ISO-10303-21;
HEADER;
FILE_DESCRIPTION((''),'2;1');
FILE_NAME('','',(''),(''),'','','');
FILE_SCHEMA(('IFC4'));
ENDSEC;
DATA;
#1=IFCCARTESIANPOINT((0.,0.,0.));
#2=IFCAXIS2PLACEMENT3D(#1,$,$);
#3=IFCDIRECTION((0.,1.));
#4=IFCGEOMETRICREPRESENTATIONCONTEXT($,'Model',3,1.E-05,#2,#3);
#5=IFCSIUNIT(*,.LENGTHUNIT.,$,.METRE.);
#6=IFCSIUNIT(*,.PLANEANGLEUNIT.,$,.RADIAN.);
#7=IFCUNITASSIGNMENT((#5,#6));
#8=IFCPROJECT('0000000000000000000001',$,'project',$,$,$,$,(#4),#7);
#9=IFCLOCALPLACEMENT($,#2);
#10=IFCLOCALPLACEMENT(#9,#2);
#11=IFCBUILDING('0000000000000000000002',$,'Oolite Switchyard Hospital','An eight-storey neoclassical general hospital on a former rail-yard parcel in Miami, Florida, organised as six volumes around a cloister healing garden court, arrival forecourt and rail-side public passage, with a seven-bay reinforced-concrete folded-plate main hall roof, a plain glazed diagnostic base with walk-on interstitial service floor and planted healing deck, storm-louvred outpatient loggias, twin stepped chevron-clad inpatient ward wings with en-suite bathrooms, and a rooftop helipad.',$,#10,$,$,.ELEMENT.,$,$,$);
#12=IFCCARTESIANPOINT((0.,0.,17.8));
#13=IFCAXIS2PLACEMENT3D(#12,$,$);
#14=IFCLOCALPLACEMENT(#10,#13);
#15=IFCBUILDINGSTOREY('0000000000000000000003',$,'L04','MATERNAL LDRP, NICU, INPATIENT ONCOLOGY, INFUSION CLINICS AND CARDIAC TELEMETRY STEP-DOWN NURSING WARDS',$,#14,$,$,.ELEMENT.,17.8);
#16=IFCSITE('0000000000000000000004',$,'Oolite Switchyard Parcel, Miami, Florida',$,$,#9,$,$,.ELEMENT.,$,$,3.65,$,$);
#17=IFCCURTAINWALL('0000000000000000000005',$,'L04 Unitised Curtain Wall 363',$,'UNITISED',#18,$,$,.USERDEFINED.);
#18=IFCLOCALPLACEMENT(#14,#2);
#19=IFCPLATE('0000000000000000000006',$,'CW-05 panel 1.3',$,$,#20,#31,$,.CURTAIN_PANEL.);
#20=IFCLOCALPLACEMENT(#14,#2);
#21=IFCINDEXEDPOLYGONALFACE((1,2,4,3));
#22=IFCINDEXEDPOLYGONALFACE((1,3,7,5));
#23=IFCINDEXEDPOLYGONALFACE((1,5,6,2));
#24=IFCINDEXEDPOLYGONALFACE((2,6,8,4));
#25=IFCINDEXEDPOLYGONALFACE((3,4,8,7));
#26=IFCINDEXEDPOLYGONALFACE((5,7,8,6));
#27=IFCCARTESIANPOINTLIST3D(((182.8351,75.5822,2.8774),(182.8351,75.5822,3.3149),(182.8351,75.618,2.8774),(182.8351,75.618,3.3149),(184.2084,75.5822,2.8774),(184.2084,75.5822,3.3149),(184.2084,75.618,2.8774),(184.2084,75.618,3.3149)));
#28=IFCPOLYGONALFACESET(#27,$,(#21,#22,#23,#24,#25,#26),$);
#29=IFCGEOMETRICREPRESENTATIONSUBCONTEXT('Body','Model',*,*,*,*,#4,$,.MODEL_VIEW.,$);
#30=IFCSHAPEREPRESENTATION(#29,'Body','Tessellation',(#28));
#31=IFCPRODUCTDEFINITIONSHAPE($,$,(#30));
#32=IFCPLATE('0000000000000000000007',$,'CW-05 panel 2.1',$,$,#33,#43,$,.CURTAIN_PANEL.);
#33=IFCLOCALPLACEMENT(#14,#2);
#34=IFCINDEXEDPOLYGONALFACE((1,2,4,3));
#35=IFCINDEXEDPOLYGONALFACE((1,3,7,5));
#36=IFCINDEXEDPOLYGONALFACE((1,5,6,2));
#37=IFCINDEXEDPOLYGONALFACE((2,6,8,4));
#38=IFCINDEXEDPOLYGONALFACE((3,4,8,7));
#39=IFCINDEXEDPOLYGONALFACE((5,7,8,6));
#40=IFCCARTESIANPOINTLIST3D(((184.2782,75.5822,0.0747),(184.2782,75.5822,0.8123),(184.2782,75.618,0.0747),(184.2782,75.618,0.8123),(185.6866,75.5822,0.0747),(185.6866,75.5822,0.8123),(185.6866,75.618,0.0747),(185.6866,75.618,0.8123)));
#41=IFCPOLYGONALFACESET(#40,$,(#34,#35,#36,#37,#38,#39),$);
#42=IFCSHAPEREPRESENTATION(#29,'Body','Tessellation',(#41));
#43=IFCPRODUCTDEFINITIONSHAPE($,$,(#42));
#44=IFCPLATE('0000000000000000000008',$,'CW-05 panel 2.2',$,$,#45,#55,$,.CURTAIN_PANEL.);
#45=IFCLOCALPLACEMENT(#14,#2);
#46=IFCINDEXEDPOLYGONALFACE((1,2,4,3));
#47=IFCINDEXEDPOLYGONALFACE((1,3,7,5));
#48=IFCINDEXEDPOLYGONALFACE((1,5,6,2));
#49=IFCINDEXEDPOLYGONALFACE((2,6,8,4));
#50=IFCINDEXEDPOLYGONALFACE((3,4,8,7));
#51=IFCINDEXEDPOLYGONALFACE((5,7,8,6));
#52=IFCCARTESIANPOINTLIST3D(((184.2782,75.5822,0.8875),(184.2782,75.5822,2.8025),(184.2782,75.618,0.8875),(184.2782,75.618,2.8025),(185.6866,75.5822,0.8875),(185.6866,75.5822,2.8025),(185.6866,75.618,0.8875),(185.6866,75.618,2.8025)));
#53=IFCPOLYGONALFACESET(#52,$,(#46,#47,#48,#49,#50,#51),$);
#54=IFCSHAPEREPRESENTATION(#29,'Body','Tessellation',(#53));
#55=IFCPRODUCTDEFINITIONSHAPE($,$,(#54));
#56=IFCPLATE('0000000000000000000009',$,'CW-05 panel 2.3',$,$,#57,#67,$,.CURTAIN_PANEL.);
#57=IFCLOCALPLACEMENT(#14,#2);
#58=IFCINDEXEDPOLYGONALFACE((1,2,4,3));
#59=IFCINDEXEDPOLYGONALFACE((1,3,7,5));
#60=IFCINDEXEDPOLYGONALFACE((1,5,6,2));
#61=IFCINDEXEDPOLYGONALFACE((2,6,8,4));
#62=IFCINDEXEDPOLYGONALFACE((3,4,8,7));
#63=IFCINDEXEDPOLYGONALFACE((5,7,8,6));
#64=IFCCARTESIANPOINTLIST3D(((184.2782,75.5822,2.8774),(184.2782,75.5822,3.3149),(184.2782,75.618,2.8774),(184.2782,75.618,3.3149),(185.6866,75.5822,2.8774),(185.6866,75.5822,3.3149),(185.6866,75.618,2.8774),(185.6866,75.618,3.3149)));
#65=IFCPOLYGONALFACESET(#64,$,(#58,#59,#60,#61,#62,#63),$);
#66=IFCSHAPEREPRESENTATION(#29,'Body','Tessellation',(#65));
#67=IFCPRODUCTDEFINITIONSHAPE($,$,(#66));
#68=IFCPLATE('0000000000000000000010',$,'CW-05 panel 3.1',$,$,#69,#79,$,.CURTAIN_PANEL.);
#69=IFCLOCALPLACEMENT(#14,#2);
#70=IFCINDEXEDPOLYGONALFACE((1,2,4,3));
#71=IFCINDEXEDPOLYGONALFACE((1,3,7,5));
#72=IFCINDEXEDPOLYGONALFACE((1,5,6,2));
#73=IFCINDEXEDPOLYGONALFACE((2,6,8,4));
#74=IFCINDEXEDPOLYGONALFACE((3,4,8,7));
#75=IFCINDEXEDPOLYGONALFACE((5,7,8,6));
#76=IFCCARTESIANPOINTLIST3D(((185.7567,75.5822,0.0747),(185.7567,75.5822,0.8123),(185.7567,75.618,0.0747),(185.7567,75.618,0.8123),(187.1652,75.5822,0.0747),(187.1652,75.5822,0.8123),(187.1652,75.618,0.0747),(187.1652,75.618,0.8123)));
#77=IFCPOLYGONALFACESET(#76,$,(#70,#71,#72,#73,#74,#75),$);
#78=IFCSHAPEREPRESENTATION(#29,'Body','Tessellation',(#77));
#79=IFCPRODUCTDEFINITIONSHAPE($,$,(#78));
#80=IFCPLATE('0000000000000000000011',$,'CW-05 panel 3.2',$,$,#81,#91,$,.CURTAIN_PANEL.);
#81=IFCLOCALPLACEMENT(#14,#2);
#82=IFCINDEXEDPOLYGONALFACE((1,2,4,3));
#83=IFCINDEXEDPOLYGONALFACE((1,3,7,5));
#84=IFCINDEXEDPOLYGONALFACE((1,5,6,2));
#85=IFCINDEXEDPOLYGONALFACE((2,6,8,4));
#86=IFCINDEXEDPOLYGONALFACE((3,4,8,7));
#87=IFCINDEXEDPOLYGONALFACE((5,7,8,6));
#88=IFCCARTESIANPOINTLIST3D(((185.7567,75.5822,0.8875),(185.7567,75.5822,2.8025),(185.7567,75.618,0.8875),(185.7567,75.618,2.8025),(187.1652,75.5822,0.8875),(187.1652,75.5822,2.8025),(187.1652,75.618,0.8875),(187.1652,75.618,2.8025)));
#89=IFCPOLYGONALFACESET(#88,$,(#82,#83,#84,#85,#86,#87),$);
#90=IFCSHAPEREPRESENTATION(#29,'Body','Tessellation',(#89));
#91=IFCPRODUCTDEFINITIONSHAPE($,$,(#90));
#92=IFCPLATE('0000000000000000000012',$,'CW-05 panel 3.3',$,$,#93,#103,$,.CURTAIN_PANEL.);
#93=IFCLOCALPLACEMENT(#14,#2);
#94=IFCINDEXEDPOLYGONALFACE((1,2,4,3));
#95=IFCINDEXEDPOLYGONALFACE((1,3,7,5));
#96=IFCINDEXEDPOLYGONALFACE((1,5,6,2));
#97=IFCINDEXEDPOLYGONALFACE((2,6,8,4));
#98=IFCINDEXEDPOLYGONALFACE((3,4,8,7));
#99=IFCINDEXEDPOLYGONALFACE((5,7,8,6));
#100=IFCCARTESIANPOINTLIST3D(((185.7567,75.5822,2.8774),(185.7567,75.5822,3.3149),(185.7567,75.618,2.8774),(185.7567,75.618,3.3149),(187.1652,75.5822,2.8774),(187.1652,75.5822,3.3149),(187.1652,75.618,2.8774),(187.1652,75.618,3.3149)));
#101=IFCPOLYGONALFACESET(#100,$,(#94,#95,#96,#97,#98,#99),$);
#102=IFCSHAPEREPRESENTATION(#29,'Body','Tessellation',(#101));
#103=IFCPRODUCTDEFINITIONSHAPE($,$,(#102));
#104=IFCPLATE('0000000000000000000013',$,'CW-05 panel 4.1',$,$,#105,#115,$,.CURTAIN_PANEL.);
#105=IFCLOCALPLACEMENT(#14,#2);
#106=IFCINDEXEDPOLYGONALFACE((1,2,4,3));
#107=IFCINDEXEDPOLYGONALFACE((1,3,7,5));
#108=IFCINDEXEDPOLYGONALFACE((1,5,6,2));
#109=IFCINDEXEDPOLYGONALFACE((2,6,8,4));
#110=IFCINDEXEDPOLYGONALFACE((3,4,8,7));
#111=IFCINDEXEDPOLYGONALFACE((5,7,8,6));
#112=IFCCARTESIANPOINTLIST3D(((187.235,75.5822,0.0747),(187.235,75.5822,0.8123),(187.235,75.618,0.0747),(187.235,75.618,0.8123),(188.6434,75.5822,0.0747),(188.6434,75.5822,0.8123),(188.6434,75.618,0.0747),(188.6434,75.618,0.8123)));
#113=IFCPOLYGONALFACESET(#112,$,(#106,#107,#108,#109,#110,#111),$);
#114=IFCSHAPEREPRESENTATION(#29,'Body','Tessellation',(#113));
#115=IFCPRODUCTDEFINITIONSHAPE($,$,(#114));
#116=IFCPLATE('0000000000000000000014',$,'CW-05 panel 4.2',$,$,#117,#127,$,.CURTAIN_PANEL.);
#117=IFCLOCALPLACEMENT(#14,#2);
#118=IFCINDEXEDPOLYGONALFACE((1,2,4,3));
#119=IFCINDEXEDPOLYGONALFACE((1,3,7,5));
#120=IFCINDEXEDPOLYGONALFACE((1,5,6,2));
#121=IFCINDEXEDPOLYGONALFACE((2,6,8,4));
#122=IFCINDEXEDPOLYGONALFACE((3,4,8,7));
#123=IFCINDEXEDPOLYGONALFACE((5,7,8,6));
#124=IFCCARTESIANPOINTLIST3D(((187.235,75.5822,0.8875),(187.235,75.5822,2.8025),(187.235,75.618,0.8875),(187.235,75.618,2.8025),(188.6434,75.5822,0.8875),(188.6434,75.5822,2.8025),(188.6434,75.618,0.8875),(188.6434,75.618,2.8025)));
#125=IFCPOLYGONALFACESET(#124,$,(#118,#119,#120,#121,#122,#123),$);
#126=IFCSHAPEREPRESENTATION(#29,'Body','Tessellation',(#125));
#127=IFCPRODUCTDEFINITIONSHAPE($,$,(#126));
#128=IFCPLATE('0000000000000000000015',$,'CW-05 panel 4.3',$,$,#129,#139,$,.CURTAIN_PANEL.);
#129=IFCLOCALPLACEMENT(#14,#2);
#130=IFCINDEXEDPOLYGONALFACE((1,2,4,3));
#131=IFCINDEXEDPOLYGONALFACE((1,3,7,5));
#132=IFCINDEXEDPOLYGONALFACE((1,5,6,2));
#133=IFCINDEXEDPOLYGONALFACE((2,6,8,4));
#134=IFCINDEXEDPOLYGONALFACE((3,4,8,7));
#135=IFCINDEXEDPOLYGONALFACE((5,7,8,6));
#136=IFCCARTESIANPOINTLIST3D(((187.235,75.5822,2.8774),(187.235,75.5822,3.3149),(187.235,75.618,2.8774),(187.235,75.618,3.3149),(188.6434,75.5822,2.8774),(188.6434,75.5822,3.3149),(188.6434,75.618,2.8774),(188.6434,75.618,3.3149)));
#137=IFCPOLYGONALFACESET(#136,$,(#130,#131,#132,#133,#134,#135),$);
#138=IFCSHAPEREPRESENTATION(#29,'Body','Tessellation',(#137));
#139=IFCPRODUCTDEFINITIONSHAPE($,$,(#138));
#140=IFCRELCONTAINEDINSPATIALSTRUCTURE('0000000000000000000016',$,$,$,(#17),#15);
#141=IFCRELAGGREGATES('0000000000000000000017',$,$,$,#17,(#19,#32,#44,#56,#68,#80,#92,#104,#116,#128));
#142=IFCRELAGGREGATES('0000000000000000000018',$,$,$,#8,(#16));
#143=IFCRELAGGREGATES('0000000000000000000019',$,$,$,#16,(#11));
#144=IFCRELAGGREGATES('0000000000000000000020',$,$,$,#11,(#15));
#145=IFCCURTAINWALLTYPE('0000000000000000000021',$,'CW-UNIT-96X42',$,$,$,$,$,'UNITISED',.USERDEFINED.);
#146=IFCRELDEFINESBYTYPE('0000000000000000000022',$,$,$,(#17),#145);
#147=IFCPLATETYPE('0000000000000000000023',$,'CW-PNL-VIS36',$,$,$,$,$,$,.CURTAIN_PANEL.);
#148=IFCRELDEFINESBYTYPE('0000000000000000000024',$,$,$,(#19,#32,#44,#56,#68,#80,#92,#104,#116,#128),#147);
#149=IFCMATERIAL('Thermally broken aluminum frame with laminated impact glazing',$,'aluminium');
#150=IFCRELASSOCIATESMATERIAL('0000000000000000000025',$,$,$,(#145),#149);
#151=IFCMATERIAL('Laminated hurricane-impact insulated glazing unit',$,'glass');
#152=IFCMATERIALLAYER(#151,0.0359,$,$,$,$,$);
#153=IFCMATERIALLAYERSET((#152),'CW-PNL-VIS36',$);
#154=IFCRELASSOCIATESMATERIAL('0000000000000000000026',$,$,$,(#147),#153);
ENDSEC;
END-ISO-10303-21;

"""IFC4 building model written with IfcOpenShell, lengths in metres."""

from ifc_helpers import new_model, si_unit, direction, frame, origin, origin_2d, place, context, subcontext, project, spatial, rectangle, extrude, material, layer, layer_set, type_object, element, aggregate, save


model = new_model("IFC4")

# Units and contexts
model_context = context("Model", 3, precision=1e-05, world=origin(), true_north=direction((0.0, 1.0)))
body_context = subcontext(model_context, "Body", "Model", "MODEL_VIEW")
ifc_project = project(units=[si_unit("LENGTHUNIT", "METRE"), si_unit("PLANEANGLEUNIT", "RADIAN")], contexts=[model_context])

# Site, building, storey
site_placement = place(None, origin())
site = spatial("IfcSite", under=ifc_project, at=site_placement, Name="Oolite Switchyard Parcel, Miami, Florida", CompositionType="ELEMENT", RefElevation=3.65)
building_placement = place(site_placement, origin())
building = spatial("IfcBuilding", under=site, at=building_placement, Name="Oolite Switchyard Hospital", Description="An eight-storey neoclassical general hospital on a former rail-yard parcel in Miami, Florida, organised as six volumes around a cloister healing garden court, arrival forecourt and rail-side public passage, with a seven-bay reinforced-concrete folded-plate main hall roof, a plain glazed diagnostic base with walk-on interstitial service floor and planted healing deck, storm-louvred outpatient loggias, twin stepped chevron-clad inpatient ward wings with en-suite bathrooms, and a rooftop helipad.", CompositionType="ELEMENT")
storey_placement = place(building_placement, frame((0.0, 0.0, 17.8)))
storey = spatial("IfcBuildingStorey", under=building, at=storey_placement, Name="L04", Description="MATERNAL LDRP, NICU, INPATIENT ONCOLOGY, INFUSION CLINICS AND CARDIAC TELEMETRY STEP-DOWN NURSING WARDS", CompositionType="ELEMENT", Elevation=17.8)

# Curtain wall, plates
ifc_material_1 = material(Name="Thermally broken aluminum frame with laminated impact glazing", Category="aluminium")
curtain_wall_type = type_object("IfcCurtainWallType", Name="CW-UNIT-96X42", ElementType="UNITISED", PredefinedType="USERDEFINED", material=ifc_material_1)
curtain_wall_placement = place(storey_placement, origin())
curtain_wall = element("IfcCurtainWall", 1, at=curtain_wall_placement, inside=storey, type_object=curtain_wall_type, Name="L04 Unitised Curtain Wall 363", ObjectType="UNITISED", PredefinedType="USERDEFINED")
ifc_material_2 = material(Name="Laminated hurricane-impact insulated glazing unit", Category="glass")
ifc_layer = layer(ifc_material_2, 0.0359)
ifc_layer_set = layer_set([ifc_layer], Name="CW-PNL-VIS36")
plate_type = type_object("IfcPlateType", Name="CW-PNL-VIS36", PredefinedType="CURTAIN_PANEL", material=ifc_layer_set)
plate_1_placement = place(storey_placement, frame((183.5217, 75.6001, 2.8774), z_axis=(0.0, 0.0, 1.0), x_axis=(1.0, 0.0, 0.0)))
plate_1 = element("IfcPlate", 2, at=plate_1_placement, type_object=plate_type, Name="CW-05 panel 1.3", PredefinedType="CURTAIN_PANEL", context=body_context, shape_type="SweptSolid", body=[
    extrude(rectangle(XDim=1.3733, YDim=0.0359, at=origin_2d()), origin(), (0.0, 0.0, 1.0), 0.4375),
])
plate_2_placement = place(storey_placement, frame((184.9824, 75.6001, 0.0747), z_axis=(0.0, 0.0, 1.0), x_axis=(1.0, 0.0, 0.0)))
plate_2 = element("IfcPlate", 3, at=plate_2_placement, type_object=plate_type, Name="CW-05 panel 2.1", PredefinedType="CURTAIN_PANEL", context=body_context, shape_type="SweptSolid", body=[
    extrude(rectangle(XDim=1.4084, YDim=0.0359, at=origin_2d()), origin(), (0.0, 0.0, 1.0), 0.7375),
])
plate_3_placement = place(storey_placement, frame((184.9824, 75.6001, 0.8875), z_axis=(0.0, 0.0, 1.0), x_axis=(1.0, 0.0, 0.0)))
plate_3 = element("IfcPlate", 4, at=plate_3_placement, type_object=plate_type, Name="CW-05 panel 2.2", PredefinedType="CURTAIN_PANEL", context=body_context, shape_type="SweptSolid", body=[
    extrude(rectangle(XDim=1.4084, YDim=0.0359, at=origin_2d()), origin(), (0.0, 0.0, 1.0), 1.915),
])
plate_4_placement = place(storey_placement, frame((184.9824, 75.6001, 2.8774), z_axis=(0.0, 0.0, 1.0), x_axis=(1.0, 0.0, 0.0)))
plate_4 = element("IfcPlate", 5, at=plate_4_placement, type_object=plate_type, Name="CW-05 panel 2.3", PredefinedType="CURTAIN_PANEL", context=body_context, shape_type="SweptSolid", body=[
    extrude(rectangle(XDim=1.4084, YDim=0.0359, at=origin_2d()), origin(), (0.0, 0.0, 1.0), 0.4375),
])
plate_5_placement = place(storey_placement, frame((186.4609, 75.6001, 0.0747), z_axis=(0.0, 0.0, 1.0), x_axis=(1.0, 0.0, 0.0)))
plate_5 = element("IfcPlate", 6, at=plate_5_placement, type_object=plate_type, Name="CW-05 panel 3.1", PredefinedType="CURTAIN_PANEL", context=body_context, shape_type="SweptSolid", body=[
    extrude(rectangle(XDim=1.4084, YDim=0.0359, at=origin_2d()), origin(), (0.0, 0.0, 1.0), 0.7375),
])
plate_6_placement = place(storey_placement, frame((186.4609, 75.6001, 0.8875), z_axis=(0.0, 0.0, 1.0), x_axis=(1.0, 0.0, 0.0)))
plate_6 = element("IfcPlate", 7, at=plate_6_placement, type_object=plate_type, Name="CW-05 panel 3.2", PredefinedType="CURTAIN_PANEL", context=body_context, shape_type="SweptSolid", body=[
    extrude(rectangle(XDim=1.4084, YDim=0.0359, at=origin_2d()), origin(), (0.0, 0.0, 1.0), 1.915),
])
plate_7_placement = place(storey_placement, frame((186.4609, 75.6001, 2.8774), z_axis=(0.0, 0.0, 1.0), x_axis=(1.0, 0.0, 0.0)))
plate_7 = element("IfcPlate", 8, at=plate_7_placement, type_object=plate_type, Name="CW-05 panel 3.3", PredefinedType="CURTAIN_PANEL", context=body_context, shape_type="SweptSolid", body=[
    extrude(rectangle(XDim=1.4084, YDim=0.0359, at=origin_2d()), origin(), (0.0, 0.0, 1.0), 0.4375),
])
plate_8_placement = place(storey_placement, frame((187.9392, 75.6001, 0.0747), z_axis=(0.0, 0.0, 1.0), x_axis=(1.0, 0.0, 0.0)))
plate_8 = element("IfcPlate", 9, at=plate_8_placement, type_object=plate_type, Name="CW-05 panel 4.1", PredefinedType="CURTAIN_PANEL", context=body_context, shape_type="SweptSolid", body=[
    extrude(rectangle(XDim=1.4084, YDim=0.0359, at=origin_2d()), origin(), (0.0, 0.0, 1.0), 0.7375),
])
plate_9_placement = place(storey_placement, frame((187.9392, 75.6001, 0.8875), z_axis=(0.0, 0.0, 1.0), x_axis=(1.0, 0.0, 0.0)))
plate_9 = element("IfcPlate", 10, at=plate_9_placement, type_object=plate_type, Name="CW-05 panel 4.2", PredefinedType="CURTAIN_PANEL", context=body_context, shape_type="SweptSolid", body=[
    extrude(rectangle(XDim=1.4084, YDim=0.0359, at=origin_2d()), origin(), (0.0, 0.0, 1.0), 1.915),
])
plate_10_placement = place(storey_placement, frame((187.9392, 75.6001, 2.8774), z_axis=(0.0, 0.0, 1.0), x_axis=(1.0, 0.0, 0.0)))
plate_10 = element("IfcPlate", 11, at=plate_10_placement, type_object=plate_type, Name="CW-05 panel 4.3", PredefinedType="CURTAIN_PANEL", context=body_context, shape_type="SweptSolid", body=[
    extrude(rectangle(XDim=1.4084, YDim=0.0359, at=origin_2d()), origin(), (0.0, 0.0, 1.0), 0.4375),
])
aggregate(curtain_wall, [plate_1, plate_2, plate_3, plate_4, plate_5, plate_6, plate_7, plate_8, plate_9, plate_10])

save(model, "model.ifc")
